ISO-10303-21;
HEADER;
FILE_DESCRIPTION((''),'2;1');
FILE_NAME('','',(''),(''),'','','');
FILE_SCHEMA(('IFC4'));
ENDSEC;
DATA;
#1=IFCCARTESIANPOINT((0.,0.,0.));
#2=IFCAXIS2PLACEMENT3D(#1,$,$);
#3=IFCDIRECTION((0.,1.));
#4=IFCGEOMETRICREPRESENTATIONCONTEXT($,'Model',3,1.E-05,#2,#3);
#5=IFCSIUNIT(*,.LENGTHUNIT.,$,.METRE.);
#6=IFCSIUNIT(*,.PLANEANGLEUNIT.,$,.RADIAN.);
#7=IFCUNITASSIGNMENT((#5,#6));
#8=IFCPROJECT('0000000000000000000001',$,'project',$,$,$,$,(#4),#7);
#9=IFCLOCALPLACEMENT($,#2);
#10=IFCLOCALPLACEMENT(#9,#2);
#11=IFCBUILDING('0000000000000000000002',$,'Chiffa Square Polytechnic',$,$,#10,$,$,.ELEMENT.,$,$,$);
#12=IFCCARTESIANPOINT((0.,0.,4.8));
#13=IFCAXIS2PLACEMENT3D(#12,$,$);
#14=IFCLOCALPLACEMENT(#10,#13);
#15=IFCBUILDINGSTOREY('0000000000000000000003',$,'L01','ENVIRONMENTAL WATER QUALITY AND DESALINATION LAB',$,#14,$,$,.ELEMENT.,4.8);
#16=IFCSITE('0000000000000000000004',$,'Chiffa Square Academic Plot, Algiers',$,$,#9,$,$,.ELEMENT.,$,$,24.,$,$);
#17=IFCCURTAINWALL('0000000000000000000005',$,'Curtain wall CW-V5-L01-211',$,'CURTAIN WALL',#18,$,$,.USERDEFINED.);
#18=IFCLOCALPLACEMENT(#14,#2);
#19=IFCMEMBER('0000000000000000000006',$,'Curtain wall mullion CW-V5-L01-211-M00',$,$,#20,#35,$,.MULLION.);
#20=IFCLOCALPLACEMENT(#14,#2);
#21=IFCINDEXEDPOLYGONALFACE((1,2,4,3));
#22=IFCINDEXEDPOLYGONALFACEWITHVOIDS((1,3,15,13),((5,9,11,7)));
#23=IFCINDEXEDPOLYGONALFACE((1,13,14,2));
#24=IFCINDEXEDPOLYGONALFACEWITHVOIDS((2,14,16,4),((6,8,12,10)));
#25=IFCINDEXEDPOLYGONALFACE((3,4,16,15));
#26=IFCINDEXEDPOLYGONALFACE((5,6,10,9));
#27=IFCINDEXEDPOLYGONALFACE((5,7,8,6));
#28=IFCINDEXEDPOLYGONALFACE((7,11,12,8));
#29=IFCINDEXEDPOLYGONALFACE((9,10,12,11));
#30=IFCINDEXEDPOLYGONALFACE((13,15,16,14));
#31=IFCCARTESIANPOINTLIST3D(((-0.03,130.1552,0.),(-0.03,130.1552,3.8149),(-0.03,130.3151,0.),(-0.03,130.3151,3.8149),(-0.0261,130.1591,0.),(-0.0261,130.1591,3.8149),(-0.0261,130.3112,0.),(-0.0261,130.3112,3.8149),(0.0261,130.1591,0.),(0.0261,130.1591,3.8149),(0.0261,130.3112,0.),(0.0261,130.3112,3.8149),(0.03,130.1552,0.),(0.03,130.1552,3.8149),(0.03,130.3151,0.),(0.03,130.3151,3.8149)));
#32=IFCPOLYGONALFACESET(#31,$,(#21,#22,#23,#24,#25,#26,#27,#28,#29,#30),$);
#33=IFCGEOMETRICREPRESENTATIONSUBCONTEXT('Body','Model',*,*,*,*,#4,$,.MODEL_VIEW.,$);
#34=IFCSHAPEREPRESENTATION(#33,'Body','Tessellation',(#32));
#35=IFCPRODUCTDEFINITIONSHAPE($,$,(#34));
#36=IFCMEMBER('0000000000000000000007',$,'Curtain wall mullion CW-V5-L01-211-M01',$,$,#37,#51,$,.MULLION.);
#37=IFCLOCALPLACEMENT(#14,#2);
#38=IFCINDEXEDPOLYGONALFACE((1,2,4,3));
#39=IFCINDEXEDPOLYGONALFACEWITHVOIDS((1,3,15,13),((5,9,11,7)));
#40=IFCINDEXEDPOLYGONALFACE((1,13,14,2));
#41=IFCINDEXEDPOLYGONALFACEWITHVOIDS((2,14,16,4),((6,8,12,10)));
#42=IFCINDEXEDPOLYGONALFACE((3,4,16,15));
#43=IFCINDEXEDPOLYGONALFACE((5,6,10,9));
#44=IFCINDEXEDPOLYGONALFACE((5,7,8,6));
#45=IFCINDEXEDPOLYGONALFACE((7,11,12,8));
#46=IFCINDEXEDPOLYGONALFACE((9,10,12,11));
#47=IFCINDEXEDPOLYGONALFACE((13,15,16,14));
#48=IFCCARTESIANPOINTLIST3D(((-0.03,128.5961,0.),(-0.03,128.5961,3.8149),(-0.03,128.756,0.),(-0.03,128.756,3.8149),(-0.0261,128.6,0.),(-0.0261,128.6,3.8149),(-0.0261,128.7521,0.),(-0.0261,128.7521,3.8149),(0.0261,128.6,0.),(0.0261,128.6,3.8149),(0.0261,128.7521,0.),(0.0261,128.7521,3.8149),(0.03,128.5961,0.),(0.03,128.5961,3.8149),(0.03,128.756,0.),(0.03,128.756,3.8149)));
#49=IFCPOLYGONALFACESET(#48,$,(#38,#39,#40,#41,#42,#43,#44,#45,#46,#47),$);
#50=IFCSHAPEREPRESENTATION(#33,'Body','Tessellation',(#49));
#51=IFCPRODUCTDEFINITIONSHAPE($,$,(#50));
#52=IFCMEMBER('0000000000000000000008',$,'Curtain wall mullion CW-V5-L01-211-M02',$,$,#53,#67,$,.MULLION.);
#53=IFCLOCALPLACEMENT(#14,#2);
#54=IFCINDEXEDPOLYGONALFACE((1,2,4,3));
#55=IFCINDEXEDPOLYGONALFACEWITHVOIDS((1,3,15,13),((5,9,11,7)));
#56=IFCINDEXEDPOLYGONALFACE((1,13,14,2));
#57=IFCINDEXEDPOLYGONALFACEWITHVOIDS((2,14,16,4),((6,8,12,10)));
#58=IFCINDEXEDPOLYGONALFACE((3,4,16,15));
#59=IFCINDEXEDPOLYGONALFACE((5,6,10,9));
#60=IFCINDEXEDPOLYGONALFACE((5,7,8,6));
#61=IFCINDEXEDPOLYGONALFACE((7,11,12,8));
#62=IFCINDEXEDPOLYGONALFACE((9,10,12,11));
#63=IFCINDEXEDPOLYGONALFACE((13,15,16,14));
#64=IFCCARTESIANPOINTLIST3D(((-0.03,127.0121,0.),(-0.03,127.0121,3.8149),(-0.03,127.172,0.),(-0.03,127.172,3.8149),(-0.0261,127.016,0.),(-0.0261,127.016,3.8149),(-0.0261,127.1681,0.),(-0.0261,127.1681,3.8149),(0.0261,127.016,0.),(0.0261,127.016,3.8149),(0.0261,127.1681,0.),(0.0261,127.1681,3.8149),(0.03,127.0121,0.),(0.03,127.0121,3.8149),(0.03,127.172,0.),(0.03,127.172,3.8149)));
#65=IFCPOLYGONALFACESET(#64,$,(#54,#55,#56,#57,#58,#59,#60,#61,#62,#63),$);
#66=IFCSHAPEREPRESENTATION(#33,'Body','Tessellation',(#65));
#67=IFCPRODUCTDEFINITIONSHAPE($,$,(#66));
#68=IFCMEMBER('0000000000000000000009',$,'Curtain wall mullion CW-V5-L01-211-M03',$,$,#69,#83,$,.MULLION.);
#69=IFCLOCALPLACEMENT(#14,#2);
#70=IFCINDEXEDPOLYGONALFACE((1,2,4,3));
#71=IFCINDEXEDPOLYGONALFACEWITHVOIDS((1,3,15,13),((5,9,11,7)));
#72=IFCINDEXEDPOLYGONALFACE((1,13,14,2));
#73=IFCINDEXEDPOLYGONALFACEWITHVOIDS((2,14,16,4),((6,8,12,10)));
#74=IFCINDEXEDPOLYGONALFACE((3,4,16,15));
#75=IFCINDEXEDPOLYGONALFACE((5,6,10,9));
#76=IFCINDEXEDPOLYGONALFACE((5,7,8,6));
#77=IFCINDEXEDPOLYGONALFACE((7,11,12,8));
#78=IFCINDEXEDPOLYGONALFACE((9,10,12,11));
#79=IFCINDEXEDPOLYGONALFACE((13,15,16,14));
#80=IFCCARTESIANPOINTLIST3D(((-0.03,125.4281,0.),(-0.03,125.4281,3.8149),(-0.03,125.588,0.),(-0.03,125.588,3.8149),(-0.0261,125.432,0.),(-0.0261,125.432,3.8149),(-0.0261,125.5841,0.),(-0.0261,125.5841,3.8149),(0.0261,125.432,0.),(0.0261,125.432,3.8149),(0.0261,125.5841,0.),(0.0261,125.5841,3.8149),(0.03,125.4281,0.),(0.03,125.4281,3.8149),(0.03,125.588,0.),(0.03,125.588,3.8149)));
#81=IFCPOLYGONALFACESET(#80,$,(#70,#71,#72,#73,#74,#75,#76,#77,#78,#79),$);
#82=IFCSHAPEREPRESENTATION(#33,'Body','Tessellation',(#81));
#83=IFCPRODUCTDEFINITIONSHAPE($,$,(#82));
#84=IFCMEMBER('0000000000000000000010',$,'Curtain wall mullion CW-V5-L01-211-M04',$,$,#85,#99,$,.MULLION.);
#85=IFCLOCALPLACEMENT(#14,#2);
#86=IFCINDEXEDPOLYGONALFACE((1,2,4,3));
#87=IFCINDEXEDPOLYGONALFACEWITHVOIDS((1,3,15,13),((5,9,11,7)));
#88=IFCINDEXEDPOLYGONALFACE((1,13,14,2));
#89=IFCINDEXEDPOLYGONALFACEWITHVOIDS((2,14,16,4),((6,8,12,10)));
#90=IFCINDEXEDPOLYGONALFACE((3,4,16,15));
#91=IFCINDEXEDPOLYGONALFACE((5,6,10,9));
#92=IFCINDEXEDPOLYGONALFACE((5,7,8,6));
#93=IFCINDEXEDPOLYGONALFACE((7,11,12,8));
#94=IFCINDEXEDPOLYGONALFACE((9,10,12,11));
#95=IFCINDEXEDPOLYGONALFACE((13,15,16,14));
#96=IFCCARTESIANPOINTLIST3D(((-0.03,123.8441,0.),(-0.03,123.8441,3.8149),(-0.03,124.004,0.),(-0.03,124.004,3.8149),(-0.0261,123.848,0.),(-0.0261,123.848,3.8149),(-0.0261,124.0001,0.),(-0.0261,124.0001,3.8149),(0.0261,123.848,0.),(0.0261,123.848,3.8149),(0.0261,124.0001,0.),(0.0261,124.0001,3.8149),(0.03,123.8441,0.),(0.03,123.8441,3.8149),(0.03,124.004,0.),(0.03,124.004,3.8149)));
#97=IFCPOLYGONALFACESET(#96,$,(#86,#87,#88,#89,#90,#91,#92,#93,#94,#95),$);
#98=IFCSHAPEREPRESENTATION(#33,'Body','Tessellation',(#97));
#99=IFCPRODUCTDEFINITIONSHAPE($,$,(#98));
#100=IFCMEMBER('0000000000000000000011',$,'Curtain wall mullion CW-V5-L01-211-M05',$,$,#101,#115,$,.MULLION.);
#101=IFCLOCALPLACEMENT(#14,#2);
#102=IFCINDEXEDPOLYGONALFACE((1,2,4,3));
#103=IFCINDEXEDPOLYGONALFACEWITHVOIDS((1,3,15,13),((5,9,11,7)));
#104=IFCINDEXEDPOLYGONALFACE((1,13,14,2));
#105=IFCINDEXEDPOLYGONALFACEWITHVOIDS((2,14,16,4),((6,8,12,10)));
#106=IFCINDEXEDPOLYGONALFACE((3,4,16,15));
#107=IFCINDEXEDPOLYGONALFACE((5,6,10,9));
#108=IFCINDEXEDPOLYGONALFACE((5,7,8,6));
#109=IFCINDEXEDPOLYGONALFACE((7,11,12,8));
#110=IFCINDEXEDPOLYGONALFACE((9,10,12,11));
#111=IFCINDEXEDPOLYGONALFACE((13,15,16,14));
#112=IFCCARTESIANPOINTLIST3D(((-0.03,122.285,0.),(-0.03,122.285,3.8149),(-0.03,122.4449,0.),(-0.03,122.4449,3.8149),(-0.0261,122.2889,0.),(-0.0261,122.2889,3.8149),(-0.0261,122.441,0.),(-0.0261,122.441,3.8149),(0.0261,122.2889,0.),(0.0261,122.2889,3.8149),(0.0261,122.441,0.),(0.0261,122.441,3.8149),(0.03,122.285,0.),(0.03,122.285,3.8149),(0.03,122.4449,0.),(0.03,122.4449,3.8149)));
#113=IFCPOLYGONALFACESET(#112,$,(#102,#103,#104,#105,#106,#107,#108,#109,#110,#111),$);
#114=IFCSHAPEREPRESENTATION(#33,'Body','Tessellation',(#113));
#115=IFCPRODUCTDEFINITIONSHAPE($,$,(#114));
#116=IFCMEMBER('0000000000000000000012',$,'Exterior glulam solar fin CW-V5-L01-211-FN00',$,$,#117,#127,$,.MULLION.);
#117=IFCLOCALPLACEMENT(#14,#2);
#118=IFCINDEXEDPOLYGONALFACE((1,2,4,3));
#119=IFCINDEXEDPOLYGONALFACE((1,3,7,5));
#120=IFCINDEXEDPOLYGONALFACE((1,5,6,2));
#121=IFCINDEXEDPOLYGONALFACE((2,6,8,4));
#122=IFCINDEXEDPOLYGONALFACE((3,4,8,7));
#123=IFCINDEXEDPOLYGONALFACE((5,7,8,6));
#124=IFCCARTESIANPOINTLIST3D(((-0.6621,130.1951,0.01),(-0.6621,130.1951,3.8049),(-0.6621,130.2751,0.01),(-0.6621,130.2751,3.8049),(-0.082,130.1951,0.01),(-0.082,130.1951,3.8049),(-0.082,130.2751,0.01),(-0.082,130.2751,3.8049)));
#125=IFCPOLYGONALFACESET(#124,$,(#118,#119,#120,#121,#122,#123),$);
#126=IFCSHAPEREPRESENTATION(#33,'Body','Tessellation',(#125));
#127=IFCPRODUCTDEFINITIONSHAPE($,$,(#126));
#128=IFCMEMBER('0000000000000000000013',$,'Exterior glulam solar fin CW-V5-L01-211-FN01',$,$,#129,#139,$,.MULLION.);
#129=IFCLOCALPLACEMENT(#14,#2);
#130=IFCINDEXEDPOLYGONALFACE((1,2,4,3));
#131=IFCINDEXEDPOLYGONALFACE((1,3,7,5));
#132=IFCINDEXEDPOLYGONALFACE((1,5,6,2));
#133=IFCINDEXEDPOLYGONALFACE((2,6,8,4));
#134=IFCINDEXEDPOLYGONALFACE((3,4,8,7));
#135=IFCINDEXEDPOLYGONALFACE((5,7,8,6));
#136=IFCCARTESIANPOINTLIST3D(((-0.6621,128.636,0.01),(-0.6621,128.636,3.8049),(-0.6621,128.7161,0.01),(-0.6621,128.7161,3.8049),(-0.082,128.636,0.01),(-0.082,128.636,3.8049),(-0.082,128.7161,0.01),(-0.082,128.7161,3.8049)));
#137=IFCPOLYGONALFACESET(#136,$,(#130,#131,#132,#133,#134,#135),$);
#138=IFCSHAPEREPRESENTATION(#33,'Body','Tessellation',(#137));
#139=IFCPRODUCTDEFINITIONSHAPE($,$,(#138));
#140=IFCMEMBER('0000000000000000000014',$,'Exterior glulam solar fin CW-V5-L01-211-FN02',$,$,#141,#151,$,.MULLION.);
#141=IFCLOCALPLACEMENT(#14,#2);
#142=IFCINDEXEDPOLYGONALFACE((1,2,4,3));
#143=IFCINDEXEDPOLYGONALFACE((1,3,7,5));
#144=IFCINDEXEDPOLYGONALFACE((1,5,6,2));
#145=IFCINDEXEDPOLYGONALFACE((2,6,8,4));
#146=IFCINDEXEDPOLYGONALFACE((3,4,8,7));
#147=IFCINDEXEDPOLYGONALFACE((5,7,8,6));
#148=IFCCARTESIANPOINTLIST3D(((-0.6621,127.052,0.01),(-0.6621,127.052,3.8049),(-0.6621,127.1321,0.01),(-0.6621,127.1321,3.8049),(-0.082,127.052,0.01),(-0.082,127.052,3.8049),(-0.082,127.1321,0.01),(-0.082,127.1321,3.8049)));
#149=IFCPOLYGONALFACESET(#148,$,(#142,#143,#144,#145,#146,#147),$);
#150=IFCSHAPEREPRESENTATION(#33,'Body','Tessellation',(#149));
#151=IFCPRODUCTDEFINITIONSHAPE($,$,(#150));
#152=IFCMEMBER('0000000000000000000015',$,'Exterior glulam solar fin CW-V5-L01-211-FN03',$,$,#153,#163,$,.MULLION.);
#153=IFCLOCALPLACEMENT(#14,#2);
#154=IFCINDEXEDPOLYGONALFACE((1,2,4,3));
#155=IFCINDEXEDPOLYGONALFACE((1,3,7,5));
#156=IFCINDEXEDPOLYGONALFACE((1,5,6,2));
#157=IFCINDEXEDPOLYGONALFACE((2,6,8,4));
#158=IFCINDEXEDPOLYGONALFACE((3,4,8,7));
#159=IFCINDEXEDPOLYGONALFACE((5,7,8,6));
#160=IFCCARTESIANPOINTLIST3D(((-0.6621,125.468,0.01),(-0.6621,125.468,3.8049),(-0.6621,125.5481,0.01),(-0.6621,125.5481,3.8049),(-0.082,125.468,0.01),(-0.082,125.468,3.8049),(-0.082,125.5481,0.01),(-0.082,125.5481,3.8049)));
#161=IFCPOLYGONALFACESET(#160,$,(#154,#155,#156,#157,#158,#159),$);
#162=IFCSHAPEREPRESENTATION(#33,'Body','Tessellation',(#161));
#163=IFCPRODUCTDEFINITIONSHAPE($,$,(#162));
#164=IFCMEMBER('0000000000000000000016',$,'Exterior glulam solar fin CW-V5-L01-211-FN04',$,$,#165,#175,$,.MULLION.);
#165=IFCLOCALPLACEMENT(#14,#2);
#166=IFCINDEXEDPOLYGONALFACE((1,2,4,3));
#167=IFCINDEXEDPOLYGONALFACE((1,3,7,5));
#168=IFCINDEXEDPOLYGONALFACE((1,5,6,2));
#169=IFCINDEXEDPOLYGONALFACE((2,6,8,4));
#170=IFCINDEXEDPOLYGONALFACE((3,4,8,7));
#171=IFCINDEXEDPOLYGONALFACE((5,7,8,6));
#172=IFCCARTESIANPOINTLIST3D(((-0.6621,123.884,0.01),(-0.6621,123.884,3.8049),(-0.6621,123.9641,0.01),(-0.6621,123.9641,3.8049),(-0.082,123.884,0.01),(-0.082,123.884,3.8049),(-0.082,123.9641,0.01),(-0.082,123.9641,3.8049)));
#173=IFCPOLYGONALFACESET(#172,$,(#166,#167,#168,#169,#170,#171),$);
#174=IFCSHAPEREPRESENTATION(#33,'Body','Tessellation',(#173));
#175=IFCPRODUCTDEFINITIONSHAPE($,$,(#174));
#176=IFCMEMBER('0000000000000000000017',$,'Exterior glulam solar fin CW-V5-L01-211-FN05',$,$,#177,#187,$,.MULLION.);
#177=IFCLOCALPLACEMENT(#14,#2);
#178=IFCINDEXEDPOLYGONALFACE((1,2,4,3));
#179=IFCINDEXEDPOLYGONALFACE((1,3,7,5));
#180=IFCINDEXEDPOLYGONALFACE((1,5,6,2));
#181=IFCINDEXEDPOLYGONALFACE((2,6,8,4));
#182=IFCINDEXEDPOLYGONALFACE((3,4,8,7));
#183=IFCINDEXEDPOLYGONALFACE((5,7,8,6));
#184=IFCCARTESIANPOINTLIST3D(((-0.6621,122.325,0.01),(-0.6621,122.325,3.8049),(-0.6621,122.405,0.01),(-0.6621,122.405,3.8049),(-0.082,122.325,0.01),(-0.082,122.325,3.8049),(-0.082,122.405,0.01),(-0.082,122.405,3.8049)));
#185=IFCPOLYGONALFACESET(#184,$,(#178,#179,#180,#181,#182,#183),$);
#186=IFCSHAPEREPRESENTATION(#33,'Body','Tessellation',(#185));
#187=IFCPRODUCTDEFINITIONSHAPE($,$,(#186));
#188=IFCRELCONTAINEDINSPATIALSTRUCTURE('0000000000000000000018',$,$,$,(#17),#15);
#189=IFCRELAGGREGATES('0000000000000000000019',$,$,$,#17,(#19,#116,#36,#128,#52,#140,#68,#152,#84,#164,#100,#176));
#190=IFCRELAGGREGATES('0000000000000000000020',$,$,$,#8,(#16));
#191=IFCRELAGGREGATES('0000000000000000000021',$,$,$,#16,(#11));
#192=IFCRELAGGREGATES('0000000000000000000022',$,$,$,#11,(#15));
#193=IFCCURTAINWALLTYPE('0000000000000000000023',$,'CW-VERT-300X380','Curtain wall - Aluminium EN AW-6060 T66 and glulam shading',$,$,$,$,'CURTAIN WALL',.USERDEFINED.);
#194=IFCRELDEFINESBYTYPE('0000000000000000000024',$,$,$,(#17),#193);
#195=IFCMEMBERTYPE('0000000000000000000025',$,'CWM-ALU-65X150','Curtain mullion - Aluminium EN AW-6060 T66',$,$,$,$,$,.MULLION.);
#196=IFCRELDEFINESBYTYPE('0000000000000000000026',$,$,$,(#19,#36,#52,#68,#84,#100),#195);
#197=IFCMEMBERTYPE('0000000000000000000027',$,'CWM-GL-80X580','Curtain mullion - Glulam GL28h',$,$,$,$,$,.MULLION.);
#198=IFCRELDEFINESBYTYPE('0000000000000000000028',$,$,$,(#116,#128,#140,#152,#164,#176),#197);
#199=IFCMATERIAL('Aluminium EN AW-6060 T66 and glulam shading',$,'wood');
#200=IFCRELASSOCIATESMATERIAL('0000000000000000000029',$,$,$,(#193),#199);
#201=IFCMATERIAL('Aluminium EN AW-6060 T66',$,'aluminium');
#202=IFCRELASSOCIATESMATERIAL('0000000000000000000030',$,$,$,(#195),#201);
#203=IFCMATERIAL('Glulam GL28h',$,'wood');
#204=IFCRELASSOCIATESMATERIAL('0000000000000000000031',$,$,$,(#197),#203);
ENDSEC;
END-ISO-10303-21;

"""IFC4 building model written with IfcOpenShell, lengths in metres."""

from ifc_helpers import new_model, si_unit, direction, frame, origin, origin_2d, place, context, subcontext, project, spatial, rectangle, hollow_rectangle, extrude, material, material_profile, profile_set, type_object, element, aggregate, save


model = new_model("IFC4")

# Units and contexts
model_context = context("Model", 3, precision=1e-05, world=origin(), true_north=direction((0.0, 1.0)))
body_context = subcontext(model_context, "Body", "Model", "MODEL_VIEW")
ifc_project = project(units=[si_unit("LENGTHUNIT", "METRE"), si_unit("PLANEANGLEUNIT", "RADIAN")], contexts=[model_context])

# Site, building, storey
site_placement = place(None, origin())
site = spatial("IfcSite", under=ifc_project, at=site_placement, Name="Chiffa Square Academic Plot, Algiers", CompositionType="ELEMENT", RefElevation=24.0)
building_placement = place(site_placement, origin())
building = spatial("IfcBuilding", under=site, at=building_placement, Name="Chiffa Square Polytechnic", CompositionType="ELEMENT")
storey_placement = place(building_placement, frame((0.0, 0.0, 4.8)))
storey = spatial("IfcBuildingStorey", under=building, at=storey_placement, Name="L01", Description="ENVIRONMENTAL WATER QUALITY AND DESALINATION LAB", CompositionType="ELEMENT", Elevation=4.8)

# Curtain wall, members
ifc_material_1 = material(Name="Aluminium EN AW-6060 T66 and glulam shading", Category="wood")
curtain_wall_type = type_object("IfcCurtainWallType", Name="CW-VERT-300X380", Description="Curtain wall - Aluminium EN AW-6060 T66 and glulam shading", ElementType="CURTAIN WALL", PredefinedType="USERDEFINED", material=ifc_material_1)
curtain_wall_placement = place(storey_placement, origin())
curtain_wall = element("IfcCurtainWall", 1, at=curtain_wall_placement, inside=storey, type_object=curtain_wall_type, Name="Curtain wall CW-V5-L01-211", ObjectType="CURTAIN WALL", PredefinedType="USERDEFINED")
ifc_material_2 = material(Name="Aluminium EN AW-6060 T66", Category="aluminium")
ifc_material_profile_1 = material_profile(ifc_material_2, hollow_rectangle(XDim=0.0601, YDim=0.1599, WallThickness=0.0039, at=origin_2d()), Name="ALU 60x160x4")
ifc_profile_set_1 = profile_set([ifc_material_profile_1], Name="Aluminium EN AW-6060 T66")
member_type_1 = type_object("IfcMemberType", Name="CWM-ALU-65X150", Description="Curtain mullion - Aluminium EN AW-6060 T66", PredefinedType="MULLION", material=ifc_profile_set_1)
member_1_placement = place(storey_placement, frame((0.0, 130.2351, 0.0), z_axis=(0.0, 0.0, 1.0), x_axis=(1.0, 0.0, 0.0)))
member_1 = element("IfcMember", 2, at=member_1_placement, type_object=member_type_1, Name="Curtain wall mullion CW-V5-L01-211-M00", PredefinedType="MULLION", context=body_context, shape_type="SweptSolid", body=[
    extrude(hollow_rectangle(XDim=0.0601, YDim=0.1599, WallThickness=0.0039, at=origin_2d()), origin(), (0.0, 0.0, 1.0), 3.8149),
])
member_2_placement = place(storey_placement, frame((0.0, 128.676, 0.0), z_axis=(0.0, 0.0, 1.0), x_axis=(1.0, 0.0, 0.0)))
member_2 = element("IfcMember", 3, at=member_2_placement, type_object=member_type_1, Name="Curtain wall mullion CW-V5-L01-211-M01", PredefinedType="MULLION", context=body_context, shape_type="SweptSolid", body=[
    extrude(hollow_rectangle(XDim=0.0601, YDim=0.1599, WallThickness=0.0039, at=origin_2d()), origin(), (0.0, 0.0, 1.0), 3.8149),
])
member_3_placement = place(storey_placement, frame((0.0, 127.092, 0.0), z_axis=(0.0, 0.0, 1.0), x_axis=(1.0, 0.0, 0.0)))
member_3 = element("IfcMember", 4, at=member_3_placement, type_object=member_type_1, Name="Curtain wall mullion CW-V5-L01-211-M02", PredefinedType="MULLION", context=body_context, shape_type="SweptSolid", body=[
    extrude(hollow_rectangle(XDim=0.0601, YDim=0.1599, WallThickness=0.0039, at=origin_2d()), origin(), (0.0, 0.0, 1.0), 3.8149),
])
member_4_placement = place(storey_placement, frame((0.0, 125.5081, 0.0), z_axis=(0.0, 0.0, 1.0), x_axis=(1.0, 0.0, 0.0)))
member_4 = element("IfcMember", 5, at=member_4_placement, type_object=member_type_1, Name="Curtain wall mullion CW-V5-L01-211-M03", PredefinedType="MULLION", context=body_context, shape_type="SweptSolid", body=[
    extrude(hollow_rectangle(XDim=0.0601, YDim=0.1599, WallThickness=0.0039, at=origin_2d()), origin(), (0.0, 0.0, 1.0), 3.8149),
])
member_5_placement = place(storey_placement, frame((0.0, 123.9241, 0.0), z_axis=(0.0, 0.0, 1.0), x_axis=(1.0, 0.0, 0.0)))
member_5 = element("IfcMember", 6, at=member_5_placement, type_object=member_type_1, Name="Curtain wall mullion CW-V5-L01-211-M04", PredefinedType="MULLION", context=body_context, shape_type="SweptSolid", body=[
    extrude(hollow_rectangle(XDim=0.0601, YDim=0.1599, WallThickness=0.0039, at=origin_2d()), origin(), (0.0, 0.0, 1.0), 3.8149),
])
member_6_placement = place(storey_placement, frame((0.0, 122.365, 0.0), z_axis=(0.0, 0.0, 1.0), x_axis=(1.0, 0.0, 0.0)))
member_6 = element("IfcMember", 7, at=member_6_placement, type_object=member_type_1, Name="Curtain wall mullion CW-V5-L01-211-M05", PredefinedType="MULLION", context=body_context, shape_type="SweptSolid", body=[
    extrude(hollow_rectangle(XDim=0.0601, YDim=0.1599, WallThickness=0.0039, at=origin_2d()), origin(), (0.0, 0.0, 1.0), 3.8149),
])
ifc_material_3 = material(Name="Glulam GL28h", Category="wood")
ifc_material_profile_2 = material_profile(ifc_material_3, rectangle(XDim=0.0801, YDim=0.5801, at=origin_2d()), Name="GL28h 80x580")
ifc_profile_set_2 = profile_set([ifc_material_profile_2], Name="Glulam GL28h")
member_type_2 = type_object("IfcMemberType", Name="CWM-GL-80X580", Description="Curtain mullion - Glulam GL28h", PredefinedType="MULLION", material=ifc_profile_set_2)
member_7_placement = place(storey_placement, frame((-0.3721, 130.2351, 0.01), z_axis=(0.0, 0.0, 1.0), x_axis=(0.0, -1.0, 0.0)))
member_7 = element("IfcMember", 8, at=member_7_placement, type_object=member_type_2, Name="Exterior glulam solar fin CW-V5-L01-211-FN00", PredefinedType="MULLION", context=body_context, shape_type="SweptSolid", body=[
    extrude(rectangle(XDim=0.0801, YDim=0.5801, at=origin_2d()), origin(), (0.0, 0.0, 1.0), 3.7949),
])
member_8_placement = place(storey_placement, frame((-0.3721, 128.676, 0.01), z_axis=(0.0, 0.0, 1.0), x_axis=(0.0, -1.0, 0.0)))
member_8 = element("IfcMember", 9, at=member_8_placement, type_object=member_type_2, Name="Exterior glulam solar fin CW-V5-L01-211-FN01", PredefinedType="MULLION", context=body_context, shape_type="SweptSolid", body=[
    extrude(rectangle(XDim=0.0801, YDim=0.5801, at=origin_2d()), origin(), (0.0, 0.0, 1.0), 3.7949),
])
member_9_placement = place(storey_placement, frame((-0.3721, 127.092, 0.01), z_axis=(0.0, 0.0, 1.0), x_axis=(0.0, -1.0, 0.0)))
member_9 = element("IfcMember", 10, at=member_9_placement, type_object=member_type_2, Name="Exterior glulam solar fin CW-V5-L01-211-FN02", PredefinedType="MULLION", context=body_context, shape_type="SweptSolid", body=[
    extrude(rectangle(XDim=0.0801, YDim=0.5801, at=origin_2d()), origin(), (0.0, 0.0, 1.0), 3.7949),
])
member_10_placement = place(storey_placement, frame((-0.3721, 125.5081, 0.01), z_axis=(0.0, 0.0, 1.0), x_axis=(0.0, -1.0, 0.0)))
member_10 = element("IfcMember", 11, at=member_10_placement, type_object=member_type_2, Name="Exterior glulam solar fin CW-V5-L01-211-FN03", PredefinedType="MULLION", context=body_context, shape_type="SweptSolid", body=[
    extrude(rectangle(XDim=0.0801, YDim=0.5801, at=origin_2d()), origin(), (0.0, 0.0, 1.0), 3.7949),
])
member_11_placement = place(storey_placement, frame((-0.3721, 123.9241, 0.01), z_axis=(0.0, 0.0, 1.0), x_axis=(0.0, -1.0, 0.0)))
member_11 = element("IfcMember", 12, at=member_11_placement, type_object=member_type_2, Name="Exterior glulam solar fin CW-V5-L01-211-FN04", PredefinedType="MULLION", context=body_context, shape_type="SweptSolid", body=[
    extrude(rectangle(XDim=0.0801, YDim=0.5801, at=origin_2d()), origin(), (0.0, 0.0, 1.0), 3.7949),
])
member_12_placement = place(storey_placement, frame((-0.3721, 122.365, 0.01), z_axis=(0.0, 0.0, 1.0), x_axis=(0.0, -1.0, 0.0)))
member_12 = element("IfcMember", 13, at=member_12_placement, type_object=member_type_2, Name="Exterior glulam solar fin CW-V5-L01-211-FN05", PredefinedType="MULLION", context=body_context, shape_type="SweptSolid", body=[
    extrude(rectangle(XDim=0.0801, YDim=0.5801, at=origin_2d()), origin(), (0.0, 0.0, 1.0), 3.7949),
])

aggregate(curtain_wall, [member_1, member_7, member_2, member_8, member_3, member_9, member_4, member_10, member_5, member_11, member_6, member_12])

save(model, "model.ifc")
